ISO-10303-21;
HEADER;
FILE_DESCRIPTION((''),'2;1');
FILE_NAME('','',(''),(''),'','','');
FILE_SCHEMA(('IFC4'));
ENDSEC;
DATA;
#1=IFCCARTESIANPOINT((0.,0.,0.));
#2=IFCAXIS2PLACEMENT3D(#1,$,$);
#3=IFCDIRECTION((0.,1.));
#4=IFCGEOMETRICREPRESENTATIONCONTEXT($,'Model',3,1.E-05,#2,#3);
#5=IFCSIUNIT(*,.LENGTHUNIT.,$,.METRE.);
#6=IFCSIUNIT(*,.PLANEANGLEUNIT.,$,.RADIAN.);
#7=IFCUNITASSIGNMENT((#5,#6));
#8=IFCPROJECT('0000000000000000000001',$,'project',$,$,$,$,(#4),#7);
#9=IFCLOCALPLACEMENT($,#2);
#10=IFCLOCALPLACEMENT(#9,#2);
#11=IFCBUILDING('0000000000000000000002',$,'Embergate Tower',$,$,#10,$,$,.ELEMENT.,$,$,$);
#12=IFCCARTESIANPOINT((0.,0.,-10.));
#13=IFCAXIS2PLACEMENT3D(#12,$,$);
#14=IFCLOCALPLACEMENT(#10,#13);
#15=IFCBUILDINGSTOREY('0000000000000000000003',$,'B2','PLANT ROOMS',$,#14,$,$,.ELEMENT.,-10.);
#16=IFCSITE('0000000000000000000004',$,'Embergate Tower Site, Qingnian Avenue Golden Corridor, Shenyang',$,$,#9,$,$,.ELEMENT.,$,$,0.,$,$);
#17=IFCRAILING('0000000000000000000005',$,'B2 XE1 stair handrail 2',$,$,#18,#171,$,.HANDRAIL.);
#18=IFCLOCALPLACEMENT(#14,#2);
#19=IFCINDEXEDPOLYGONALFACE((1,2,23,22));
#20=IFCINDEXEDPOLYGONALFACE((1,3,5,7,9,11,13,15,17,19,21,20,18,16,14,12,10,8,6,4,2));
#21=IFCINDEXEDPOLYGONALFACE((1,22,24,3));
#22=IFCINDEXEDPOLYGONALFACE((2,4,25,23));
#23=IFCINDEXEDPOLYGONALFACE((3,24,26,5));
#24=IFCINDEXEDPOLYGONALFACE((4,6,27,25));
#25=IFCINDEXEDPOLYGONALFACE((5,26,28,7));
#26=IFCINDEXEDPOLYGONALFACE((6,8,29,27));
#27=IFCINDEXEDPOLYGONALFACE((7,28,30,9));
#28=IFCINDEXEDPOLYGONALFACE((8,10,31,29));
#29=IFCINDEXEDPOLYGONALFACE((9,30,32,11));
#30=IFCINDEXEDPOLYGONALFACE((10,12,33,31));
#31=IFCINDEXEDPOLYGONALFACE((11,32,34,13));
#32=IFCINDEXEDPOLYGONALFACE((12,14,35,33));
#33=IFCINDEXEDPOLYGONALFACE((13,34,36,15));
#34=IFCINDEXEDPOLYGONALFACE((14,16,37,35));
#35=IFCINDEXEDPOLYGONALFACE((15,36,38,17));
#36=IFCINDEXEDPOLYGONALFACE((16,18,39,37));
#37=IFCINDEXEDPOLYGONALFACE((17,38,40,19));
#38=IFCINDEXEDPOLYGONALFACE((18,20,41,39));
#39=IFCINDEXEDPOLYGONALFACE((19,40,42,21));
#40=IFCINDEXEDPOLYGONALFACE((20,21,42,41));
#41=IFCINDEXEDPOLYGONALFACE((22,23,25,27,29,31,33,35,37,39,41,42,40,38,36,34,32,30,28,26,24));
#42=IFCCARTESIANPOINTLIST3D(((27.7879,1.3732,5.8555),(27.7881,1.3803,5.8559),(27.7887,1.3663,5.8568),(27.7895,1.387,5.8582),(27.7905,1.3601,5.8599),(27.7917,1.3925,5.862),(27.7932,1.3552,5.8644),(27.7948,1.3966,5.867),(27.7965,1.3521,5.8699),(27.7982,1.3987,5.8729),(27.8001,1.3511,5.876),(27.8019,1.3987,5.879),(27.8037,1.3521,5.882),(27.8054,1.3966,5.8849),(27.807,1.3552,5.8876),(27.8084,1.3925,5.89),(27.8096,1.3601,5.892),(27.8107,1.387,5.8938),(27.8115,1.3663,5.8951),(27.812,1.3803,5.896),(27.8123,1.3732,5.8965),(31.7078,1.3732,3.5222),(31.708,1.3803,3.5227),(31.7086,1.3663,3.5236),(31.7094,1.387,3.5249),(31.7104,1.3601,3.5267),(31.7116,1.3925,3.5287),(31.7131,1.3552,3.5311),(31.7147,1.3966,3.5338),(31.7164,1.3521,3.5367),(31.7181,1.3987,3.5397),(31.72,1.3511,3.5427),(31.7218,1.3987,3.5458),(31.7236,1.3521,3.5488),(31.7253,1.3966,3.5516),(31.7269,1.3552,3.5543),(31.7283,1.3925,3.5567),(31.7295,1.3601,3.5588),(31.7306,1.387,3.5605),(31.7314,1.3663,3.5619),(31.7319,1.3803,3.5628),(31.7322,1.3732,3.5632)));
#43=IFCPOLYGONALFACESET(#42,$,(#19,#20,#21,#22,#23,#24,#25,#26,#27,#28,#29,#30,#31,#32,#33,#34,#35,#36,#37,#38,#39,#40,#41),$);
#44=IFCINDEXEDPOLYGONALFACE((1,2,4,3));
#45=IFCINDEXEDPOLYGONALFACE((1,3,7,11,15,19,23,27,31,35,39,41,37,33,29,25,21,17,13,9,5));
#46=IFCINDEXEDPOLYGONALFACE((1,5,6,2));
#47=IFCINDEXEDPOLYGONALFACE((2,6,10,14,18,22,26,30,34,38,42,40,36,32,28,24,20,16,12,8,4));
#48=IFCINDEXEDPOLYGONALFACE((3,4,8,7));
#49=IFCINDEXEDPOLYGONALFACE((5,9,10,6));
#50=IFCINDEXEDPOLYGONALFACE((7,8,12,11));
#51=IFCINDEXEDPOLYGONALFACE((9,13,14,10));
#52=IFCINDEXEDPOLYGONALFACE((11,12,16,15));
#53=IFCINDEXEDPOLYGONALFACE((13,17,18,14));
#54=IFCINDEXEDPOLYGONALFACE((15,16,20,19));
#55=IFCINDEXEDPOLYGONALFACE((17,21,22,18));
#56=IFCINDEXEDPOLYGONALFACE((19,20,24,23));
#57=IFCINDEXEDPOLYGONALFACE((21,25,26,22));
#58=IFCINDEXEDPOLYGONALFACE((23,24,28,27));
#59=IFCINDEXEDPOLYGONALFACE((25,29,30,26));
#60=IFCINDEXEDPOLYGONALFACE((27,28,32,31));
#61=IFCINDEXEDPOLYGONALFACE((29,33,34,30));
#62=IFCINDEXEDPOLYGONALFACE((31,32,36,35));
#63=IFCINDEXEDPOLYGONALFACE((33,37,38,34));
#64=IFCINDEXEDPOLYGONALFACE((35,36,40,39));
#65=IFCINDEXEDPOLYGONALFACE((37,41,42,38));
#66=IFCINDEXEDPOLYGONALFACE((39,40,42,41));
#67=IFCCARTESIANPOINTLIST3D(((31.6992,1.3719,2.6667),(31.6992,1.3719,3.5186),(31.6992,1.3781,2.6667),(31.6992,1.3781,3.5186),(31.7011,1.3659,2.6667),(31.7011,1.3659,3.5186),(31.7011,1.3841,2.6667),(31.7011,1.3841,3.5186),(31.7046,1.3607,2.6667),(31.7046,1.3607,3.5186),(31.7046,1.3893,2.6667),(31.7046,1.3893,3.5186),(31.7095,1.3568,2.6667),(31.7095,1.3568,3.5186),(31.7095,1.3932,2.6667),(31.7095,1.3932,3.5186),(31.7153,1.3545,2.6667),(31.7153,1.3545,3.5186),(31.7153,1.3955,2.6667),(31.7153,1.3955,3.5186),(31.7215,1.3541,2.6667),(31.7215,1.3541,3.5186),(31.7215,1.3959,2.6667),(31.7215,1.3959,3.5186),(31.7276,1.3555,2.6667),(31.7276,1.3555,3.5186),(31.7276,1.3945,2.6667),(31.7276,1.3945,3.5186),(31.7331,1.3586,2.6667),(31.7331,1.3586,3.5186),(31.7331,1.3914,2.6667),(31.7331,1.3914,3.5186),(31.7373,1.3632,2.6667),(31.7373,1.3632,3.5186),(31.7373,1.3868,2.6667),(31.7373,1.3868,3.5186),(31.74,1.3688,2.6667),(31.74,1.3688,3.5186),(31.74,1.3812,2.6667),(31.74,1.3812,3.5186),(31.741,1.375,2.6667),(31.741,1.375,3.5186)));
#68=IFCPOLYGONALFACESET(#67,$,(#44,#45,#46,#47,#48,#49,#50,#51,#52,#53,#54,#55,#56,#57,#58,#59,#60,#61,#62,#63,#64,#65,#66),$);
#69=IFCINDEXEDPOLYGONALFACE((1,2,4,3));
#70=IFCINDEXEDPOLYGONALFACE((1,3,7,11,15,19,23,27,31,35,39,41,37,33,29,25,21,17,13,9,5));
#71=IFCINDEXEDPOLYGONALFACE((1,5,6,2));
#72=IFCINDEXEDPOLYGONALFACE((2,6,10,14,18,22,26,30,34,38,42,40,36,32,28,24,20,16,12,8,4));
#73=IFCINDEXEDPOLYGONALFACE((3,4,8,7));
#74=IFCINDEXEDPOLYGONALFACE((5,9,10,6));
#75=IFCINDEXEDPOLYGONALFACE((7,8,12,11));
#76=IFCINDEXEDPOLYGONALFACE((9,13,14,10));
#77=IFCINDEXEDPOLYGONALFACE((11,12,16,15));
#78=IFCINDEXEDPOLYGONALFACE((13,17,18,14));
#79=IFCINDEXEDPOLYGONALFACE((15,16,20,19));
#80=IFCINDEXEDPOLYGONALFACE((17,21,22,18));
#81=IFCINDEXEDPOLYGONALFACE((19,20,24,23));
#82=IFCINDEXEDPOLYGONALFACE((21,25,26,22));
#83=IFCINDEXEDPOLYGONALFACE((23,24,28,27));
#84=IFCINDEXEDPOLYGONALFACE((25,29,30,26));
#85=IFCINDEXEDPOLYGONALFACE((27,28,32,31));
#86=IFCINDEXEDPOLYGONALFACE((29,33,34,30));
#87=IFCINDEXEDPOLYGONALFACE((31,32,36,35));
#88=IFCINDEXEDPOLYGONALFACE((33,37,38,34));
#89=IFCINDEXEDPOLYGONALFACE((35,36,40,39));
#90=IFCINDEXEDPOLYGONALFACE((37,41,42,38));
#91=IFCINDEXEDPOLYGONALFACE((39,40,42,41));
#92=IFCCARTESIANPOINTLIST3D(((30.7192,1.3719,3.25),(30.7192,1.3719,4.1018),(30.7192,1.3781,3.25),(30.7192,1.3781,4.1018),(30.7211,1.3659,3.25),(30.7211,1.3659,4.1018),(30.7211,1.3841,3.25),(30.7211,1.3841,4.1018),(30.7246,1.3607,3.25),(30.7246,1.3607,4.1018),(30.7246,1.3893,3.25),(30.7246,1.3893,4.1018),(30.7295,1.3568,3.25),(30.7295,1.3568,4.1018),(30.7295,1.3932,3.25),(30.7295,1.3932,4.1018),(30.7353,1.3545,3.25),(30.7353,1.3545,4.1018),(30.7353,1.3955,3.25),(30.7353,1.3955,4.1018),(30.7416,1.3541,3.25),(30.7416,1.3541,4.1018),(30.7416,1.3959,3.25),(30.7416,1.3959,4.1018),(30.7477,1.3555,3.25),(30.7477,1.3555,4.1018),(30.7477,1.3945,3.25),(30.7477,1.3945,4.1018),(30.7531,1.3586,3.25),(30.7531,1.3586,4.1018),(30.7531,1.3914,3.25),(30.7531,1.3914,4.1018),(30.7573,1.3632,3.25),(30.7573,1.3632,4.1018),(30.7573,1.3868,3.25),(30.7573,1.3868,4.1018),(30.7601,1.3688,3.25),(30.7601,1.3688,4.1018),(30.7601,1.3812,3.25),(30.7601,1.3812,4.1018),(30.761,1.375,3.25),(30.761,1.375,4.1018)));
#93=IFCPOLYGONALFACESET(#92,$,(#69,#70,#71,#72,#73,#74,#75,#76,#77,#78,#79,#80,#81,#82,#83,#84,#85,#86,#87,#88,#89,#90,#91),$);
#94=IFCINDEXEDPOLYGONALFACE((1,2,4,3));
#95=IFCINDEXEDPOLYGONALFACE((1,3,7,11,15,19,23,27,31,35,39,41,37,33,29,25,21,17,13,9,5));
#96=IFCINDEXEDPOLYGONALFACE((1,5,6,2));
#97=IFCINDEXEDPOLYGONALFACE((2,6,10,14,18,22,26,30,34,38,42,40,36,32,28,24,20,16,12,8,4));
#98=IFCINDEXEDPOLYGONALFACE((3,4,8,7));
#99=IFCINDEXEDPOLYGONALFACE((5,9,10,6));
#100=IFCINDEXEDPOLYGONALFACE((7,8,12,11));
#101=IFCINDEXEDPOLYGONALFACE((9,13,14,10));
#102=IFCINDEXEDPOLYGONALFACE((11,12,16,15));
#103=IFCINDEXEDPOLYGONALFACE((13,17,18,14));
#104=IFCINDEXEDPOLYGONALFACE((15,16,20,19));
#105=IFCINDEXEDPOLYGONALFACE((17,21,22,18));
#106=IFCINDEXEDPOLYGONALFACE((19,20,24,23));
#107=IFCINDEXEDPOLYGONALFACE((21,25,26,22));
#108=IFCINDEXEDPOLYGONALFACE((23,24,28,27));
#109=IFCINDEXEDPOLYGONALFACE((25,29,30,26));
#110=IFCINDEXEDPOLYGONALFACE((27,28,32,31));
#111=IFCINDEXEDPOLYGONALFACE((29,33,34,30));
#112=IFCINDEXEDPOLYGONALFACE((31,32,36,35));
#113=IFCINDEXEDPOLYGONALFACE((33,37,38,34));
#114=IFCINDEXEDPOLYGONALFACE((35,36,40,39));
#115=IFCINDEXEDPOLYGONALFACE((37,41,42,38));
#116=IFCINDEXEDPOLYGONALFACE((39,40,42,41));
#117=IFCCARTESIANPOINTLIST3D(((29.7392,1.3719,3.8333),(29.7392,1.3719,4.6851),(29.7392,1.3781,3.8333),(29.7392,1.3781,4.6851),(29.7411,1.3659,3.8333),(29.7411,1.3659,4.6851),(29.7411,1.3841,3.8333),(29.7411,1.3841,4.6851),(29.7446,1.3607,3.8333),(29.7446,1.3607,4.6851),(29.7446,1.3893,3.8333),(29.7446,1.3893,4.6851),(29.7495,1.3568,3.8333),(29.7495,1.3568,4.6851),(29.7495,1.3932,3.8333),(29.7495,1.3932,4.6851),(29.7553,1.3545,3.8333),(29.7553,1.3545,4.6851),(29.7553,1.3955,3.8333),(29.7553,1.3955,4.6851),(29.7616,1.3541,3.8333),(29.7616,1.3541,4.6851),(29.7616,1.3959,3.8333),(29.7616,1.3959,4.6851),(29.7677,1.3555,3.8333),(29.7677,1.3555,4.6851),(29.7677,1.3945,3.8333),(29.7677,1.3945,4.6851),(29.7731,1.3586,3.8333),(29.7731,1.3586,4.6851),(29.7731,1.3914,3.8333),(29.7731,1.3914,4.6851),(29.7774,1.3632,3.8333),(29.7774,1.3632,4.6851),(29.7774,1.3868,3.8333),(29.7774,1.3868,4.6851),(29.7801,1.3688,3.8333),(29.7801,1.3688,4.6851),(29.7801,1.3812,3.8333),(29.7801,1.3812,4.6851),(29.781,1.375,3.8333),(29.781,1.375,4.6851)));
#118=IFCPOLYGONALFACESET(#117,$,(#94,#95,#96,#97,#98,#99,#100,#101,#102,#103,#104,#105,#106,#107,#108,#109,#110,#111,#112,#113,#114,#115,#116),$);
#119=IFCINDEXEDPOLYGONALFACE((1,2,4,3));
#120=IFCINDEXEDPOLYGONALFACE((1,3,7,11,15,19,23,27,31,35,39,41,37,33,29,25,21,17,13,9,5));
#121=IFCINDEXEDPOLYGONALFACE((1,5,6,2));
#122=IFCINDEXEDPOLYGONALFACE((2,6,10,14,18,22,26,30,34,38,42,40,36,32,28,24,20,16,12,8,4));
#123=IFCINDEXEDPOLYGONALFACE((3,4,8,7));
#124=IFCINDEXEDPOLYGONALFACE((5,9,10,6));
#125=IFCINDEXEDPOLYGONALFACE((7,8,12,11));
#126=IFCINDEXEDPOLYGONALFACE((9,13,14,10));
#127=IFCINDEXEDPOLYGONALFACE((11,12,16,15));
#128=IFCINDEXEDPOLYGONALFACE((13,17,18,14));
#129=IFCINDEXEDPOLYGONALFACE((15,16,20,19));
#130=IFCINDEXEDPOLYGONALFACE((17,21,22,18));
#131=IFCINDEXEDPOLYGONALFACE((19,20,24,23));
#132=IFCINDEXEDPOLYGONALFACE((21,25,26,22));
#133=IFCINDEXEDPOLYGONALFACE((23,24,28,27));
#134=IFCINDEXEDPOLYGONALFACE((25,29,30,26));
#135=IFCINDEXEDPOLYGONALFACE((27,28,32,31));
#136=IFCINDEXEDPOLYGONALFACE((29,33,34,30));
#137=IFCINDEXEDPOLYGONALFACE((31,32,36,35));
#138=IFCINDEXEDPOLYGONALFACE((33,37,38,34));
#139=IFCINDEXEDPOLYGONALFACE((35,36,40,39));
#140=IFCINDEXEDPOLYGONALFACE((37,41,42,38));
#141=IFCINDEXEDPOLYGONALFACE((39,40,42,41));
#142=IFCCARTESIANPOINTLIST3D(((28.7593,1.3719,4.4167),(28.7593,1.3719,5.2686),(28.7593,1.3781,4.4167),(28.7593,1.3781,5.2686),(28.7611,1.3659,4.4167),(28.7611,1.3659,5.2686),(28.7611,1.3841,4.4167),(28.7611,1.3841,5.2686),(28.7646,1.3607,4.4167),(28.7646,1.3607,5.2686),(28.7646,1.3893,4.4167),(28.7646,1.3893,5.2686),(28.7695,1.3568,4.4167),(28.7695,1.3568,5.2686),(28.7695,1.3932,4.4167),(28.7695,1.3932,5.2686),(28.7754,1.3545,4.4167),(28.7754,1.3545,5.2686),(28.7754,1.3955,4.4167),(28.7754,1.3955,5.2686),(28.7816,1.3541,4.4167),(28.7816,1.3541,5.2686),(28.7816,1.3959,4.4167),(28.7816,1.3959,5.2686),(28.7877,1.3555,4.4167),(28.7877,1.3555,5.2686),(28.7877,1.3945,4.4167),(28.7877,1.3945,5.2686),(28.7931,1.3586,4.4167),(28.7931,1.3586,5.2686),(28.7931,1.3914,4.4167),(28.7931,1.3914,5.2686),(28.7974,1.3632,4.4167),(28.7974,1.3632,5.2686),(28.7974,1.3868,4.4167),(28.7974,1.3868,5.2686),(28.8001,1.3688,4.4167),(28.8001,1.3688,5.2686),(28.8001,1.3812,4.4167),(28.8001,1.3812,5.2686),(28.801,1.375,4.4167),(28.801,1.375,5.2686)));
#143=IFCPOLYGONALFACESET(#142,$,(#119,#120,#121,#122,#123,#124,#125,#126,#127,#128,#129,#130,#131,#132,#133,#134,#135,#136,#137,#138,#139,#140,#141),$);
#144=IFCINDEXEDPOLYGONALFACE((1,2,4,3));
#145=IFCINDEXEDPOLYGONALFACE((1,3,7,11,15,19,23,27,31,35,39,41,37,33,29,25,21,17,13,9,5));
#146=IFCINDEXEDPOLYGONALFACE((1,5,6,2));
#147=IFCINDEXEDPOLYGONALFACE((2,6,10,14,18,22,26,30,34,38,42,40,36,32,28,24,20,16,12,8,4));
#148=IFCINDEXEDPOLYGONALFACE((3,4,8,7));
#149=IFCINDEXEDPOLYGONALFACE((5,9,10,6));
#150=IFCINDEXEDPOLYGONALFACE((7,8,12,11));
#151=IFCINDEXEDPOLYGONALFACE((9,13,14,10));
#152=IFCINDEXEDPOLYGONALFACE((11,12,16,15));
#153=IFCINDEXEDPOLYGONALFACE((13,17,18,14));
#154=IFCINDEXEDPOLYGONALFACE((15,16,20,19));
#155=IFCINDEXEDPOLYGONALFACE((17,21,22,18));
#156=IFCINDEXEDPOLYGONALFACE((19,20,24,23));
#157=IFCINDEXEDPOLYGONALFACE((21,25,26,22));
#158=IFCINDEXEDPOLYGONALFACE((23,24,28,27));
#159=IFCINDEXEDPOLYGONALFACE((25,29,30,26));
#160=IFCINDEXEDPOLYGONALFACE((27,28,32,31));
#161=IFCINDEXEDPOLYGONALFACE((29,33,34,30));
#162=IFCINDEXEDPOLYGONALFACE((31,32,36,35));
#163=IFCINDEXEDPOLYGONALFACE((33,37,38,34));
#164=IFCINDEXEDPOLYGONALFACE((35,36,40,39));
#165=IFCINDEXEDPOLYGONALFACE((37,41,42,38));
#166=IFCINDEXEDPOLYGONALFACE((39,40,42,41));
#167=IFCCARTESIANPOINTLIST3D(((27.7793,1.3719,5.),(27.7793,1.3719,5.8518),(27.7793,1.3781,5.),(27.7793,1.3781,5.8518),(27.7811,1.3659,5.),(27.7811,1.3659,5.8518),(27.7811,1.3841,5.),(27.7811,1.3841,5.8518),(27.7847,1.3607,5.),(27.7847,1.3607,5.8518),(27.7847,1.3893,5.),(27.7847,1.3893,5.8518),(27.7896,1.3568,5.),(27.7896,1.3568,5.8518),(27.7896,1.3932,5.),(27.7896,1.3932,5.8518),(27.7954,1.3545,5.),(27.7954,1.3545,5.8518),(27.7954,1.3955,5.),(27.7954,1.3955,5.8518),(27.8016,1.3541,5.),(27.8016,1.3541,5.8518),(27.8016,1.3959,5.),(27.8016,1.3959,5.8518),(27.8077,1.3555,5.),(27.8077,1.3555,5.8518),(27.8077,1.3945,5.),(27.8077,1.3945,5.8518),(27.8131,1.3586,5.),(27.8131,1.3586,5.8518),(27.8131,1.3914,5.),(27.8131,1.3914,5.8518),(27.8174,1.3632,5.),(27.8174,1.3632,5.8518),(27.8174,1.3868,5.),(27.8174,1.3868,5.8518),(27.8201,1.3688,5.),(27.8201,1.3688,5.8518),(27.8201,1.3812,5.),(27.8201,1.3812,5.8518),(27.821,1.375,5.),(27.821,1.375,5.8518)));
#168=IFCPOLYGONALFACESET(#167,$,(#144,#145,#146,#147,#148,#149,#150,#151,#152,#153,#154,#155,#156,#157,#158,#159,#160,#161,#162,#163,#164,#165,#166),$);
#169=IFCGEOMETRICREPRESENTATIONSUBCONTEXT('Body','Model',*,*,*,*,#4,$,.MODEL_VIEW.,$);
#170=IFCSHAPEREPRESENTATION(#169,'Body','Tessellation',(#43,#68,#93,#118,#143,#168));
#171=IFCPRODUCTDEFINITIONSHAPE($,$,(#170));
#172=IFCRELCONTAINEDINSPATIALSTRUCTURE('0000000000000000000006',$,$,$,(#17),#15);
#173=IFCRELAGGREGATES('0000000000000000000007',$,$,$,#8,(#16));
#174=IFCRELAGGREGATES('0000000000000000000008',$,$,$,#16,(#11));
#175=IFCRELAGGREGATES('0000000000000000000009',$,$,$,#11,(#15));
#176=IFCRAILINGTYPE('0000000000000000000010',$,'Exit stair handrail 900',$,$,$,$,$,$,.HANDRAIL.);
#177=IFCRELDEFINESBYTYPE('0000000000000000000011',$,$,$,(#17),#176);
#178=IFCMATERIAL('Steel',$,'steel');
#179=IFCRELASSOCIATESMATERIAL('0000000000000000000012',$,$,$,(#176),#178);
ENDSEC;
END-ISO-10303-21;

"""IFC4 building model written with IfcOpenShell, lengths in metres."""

from ifc_helpers import new_model, si_unit, direction, frame, origin, origin_2d, place, context, subcontext, project, spatial, circle, extrude, source, transform, mapped, material, type_object, element, save


model = new_model("IFC4")

# Units and contexts
model_context = context("Model", 3, precision=1e-05, world=origin(), true_north=direction((0.0, 1.0)))
body_context = subcontext(model_context, "Body", "Model", "MODEL_VIEW")
ifc_project = project(units=[si_unit("LENGTHUNIT", "METRE"), si_unit("PLANEANGLEUNIT", "RADIAN")], contexts=[model_context])

# Site, building, storey
site_placement = place(None, origin())
site = spatial("IfcSite", under=ifc_project, at=site_placement, Name="Embergate Tower Site, Qingnian Avenue Golden Corridor, Shenyang", CompositionType="ELEMENT", RefElevation=0.0)
building_placement = place(site_placement, origin())
building = spatial("IfcBuilding", under=site, at=building_placement, Name="Embergate Tower", CompositionType="ELEMENT")
storey_placement = place(building_placement, frame((0.0, 0.0, -10.0)))
storey = spatial("IfcBuildingStorey", under=building, at=storey_placement, Name="B2", Description="PLANT ROOMS", CompositionType="ELEMENT", Elevation=-10.0)

# Railing
ifc_material_1 = material(Name="Steel", Category="steel")
railing_type_1 = type_object("IfcRailingType", Name="Exit stair handrail 900", PredefinedType="HANDRAIL", material=ifc_material_1)
shared_shape_1 = source(origin(), body_context, "Body", "SweptSolid", [
    extrude(circle(Radius=0.0239, at=origin_2d()), frame((0.0, 0.0, 0.876), z_axis=(-0.859296, 0.0, 0.511478), x_axis=(0.0, -1.0, 0.0)), (0.0, 0.0, 1.0), 4.5618),
    extrude(circle(Radius=0.021, at=origin_2d()), origin(), (0.0, 0.0, 1.0), 0.8518),
    extrude(circle(Radius=0.021, at=origin_2d()), frame((-0.98, 0.0, 0.5833)), (0.0, 0.0, 1.0), 0.8518),
    extrude(circle(Radius=0.021, at=origin_2d()), frame((-1.96, 0.0, 1.1665)), (0.0, 0.0, 1.0), 0.8518),
    extrude(circle(Radius=0.021, at=origin_2d()), frame((-2.9399, 0.0, 1.75)), (0.0, 0.0, 1.0), 0.8518),
    extrude(circle(Radius=0.021, at=origin_2d()), frame((-3.9199, 0.0, 2.3333)), (0.0, 0.0, 1.0), 0.8518),
])
railing_1_placement = place(storey_placement, frame((31.72, 1.375, 2.6667)))
element("IfcRailing", 1, at=railing_1_placement, inside=storey, type_object=railing_type_1, Name="B2 XE1 stair handrail 2", PredefinedType="HANDRAIL", context=body_context, shape_type="MappedRepresentation", body=[
    mapped(shared_shape_1, transform((0.0, 0.0, 0.0))),
])

save(model, "model.ifc")
